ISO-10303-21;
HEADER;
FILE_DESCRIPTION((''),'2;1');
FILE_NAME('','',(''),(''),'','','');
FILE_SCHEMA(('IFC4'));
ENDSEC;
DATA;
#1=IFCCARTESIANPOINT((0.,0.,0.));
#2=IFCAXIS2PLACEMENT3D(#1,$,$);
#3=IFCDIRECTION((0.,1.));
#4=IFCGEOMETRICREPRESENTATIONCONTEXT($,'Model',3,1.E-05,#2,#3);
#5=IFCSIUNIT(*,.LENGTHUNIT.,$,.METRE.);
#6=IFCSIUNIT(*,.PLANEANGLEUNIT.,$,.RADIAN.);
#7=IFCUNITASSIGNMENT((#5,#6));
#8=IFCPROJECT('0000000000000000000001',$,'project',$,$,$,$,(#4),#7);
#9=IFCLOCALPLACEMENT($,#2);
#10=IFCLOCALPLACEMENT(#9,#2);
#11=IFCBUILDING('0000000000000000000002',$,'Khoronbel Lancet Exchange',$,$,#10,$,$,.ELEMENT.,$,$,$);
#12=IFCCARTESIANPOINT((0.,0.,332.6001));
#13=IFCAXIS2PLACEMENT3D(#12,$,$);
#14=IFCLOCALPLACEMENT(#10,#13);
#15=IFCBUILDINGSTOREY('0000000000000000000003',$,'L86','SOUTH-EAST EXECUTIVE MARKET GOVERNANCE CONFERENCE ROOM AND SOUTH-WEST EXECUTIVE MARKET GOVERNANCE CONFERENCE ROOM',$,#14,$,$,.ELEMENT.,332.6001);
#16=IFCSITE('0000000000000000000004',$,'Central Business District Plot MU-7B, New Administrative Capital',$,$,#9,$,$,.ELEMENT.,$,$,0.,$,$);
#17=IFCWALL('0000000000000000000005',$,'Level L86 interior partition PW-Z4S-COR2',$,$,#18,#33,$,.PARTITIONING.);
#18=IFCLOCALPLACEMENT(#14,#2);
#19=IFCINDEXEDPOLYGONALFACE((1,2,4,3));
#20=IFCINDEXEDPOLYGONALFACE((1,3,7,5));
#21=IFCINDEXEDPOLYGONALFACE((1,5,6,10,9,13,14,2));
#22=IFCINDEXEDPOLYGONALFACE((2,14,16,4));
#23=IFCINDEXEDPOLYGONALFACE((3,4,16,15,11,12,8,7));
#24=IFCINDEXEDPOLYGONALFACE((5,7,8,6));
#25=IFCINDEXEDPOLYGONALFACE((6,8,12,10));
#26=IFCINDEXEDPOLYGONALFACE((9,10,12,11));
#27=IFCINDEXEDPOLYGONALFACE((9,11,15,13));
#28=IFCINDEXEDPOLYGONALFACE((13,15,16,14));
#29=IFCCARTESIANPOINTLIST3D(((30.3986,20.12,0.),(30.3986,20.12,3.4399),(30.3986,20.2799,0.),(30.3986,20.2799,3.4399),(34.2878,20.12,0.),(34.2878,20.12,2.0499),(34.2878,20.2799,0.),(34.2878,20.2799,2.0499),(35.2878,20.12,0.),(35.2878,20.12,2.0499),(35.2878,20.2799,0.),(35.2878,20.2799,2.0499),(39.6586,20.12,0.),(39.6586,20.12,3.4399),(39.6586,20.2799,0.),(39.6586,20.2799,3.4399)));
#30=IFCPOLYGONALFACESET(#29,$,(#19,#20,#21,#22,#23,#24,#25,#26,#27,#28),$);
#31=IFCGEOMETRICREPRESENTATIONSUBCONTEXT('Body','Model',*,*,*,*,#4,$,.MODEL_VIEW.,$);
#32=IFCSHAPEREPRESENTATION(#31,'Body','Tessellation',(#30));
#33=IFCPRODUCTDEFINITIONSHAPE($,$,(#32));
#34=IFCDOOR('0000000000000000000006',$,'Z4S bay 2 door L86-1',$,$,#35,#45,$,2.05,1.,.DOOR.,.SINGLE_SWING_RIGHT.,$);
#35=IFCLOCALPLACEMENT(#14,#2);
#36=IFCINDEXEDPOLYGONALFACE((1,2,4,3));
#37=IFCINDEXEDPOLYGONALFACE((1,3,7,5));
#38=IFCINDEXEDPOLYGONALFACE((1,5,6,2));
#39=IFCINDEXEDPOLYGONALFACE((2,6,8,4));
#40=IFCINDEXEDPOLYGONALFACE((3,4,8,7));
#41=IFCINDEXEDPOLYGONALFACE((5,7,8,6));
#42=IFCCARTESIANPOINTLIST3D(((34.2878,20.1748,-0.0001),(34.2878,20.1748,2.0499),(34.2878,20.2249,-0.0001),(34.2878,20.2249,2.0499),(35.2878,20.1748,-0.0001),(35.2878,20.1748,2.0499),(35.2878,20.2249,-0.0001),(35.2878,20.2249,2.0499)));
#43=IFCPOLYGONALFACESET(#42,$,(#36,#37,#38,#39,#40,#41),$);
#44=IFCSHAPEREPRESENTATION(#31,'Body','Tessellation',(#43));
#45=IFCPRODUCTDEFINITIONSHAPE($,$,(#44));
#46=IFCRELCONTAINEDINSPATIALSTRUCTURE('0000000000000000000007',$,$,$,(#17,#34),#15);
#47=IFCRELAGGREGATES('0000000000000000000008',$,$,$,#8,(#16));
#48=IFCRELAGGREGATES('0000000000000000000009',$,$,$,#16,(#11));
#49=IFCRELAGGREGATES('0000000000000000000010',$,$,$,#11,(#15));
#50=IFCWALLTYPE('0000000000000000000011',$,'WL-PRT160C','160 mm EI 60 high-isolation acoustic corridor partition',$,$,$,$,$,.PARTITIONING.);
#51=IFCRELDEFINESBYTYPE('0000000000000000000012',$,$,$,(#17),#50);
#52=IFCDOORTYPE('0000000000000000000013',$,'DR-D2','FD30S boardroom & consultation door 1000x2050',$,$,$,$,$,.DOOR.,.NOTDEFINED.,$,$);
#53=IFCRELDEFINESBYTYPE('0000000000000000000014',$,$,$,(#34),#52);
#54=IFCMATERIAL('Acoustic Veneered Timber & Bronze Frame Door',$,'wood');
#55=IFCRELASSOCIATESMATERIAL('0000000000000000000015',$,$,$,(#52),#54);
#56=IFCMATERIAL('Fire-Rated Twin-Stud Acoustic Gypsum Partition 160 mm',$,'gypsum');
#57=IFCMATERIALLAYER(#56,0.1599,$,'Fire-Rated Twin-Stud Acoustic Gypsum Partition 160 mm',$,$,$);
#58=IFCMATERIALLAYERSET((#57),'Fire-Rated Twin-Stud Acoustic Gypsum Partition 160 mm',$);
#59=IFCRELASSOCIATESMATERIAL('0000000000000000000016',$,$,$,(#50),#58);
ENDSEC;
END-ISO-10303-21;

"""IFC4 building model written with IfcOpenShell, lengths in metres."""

from ifc_helpers import new_model, si_unit, direction, frame, frame_2d, origin, place, context, subcontext, project, spatial, rectangle, extrude, material, layer, layer_set, type_object, element, fill, save


model = new_model("IFC4")

# Units and contexts
model_context = context("Model", 3, precision=1e-05, world=origin(), true_north=direction((0.0, 1.0)))
body_context = subcontext(model_context, "Body", "Model", "MODEL_VIEW")
ifc_project = project(units=[si_unit("LENGTHUNIT", "METRE"), si_unit("PLANEANGLEUNIT", "RADIAN")], contexts=[model_context])

# Site, building, storey
site_placement = place(None, origin())
site = spatial("IfcSite", under=ifc_project, at=site_placement, Name="Central Business District Plot MU-7B, New Administrative Capital", CompositionType="ELEMENT", RefElevation=0.0)
building_placement = place(site_placement, origin())
building = spatial("IfcBuilding", under=site, at=building_placement, Name="Khoronbel Lancet Exchange", CompositionType="ELEMENT")
storey_placement = place(building_placement, frame((0.0, 0.0, 332.6001)))
storey = spatial("IfcBuildingStorey", under=building, at=storey_placement, Name="L86", Description="SOUTH-EAST EXECUTIVE MARKET GOVERNANCE CONFERENCE ROOM AND SOUTH-WEST EXECUTIVE MARKET GOVERNANCE CONFERENCE ROOM", CompositionType="ELEMENT", Elevation=332.6001)

# Shared definitions
ifc_material_1 = material(Name="Acoustic Veneered Timber & Bronze Frame Door", Category="wood")
door_type_1 = type_object("IfcDoorType", Name="DR-D2", Description="FD30S boardroom & consultation door 1000x2050", OperationType="NOTDEFINED", PredefinedType="DOOR", material=ifc_material_1)

# Wall, opening, door
ifc_material_2 = material(Name="Fire-Rated Twin-Stud Acoustic Gypsum Partition 160 mm", Category="gypsum")
ifc_layer_1 = layer(ifc_material_2, 0.1599, Name="Fire-Rated Twin-Stud Acoustic Gypsum Partition 160 mm")
ifc_layer_set_1 = layer_set([ifc_layer_1], Name="Fire-Rated Twin-Stud Acoustic Gypsum Partition 160 mm")
wall_type_1 = type_object("IfcWallType", Name="WL-PRT160C", Description="160 mm EI 60 high-isolation acoustic corridor partition", PredefinedType="PARTITIONING", material=ifc_layer_set_1)
wall_1_placement = place(storey_placement, frame((30.3987, 20.2, 0.0), z_axis=(0.0, 0.0, 1.0), x_axis=(1.0, 0.0, 0.0)))
wall_1 = element("IfcWall", 1, at=wall_1_placement, inside=storey, type_object=wall_type_1, Name="Level L86 interior partition PW-Z4S-COR2", PredefinedType="PARTITIONING", context=body_context, shape_type="SweptSolid", body=[
    extrude(rectangle(XDim=9.26, YDim=0.1599, at=frame_2d((4.6299, 0.0))), origin(), (0.0, 0.0, 1.0), 3.4399),
])
opening_1_placement = place(wall_1_placement, frame((3.8892, 0.0, 0.0)))
opening_1 = element("IfcOpeningElement", 2, at=opening_1_placement, cuts=wall_1, PredefinedType="OPENING", context=body_context, shape_type="SweptSolid", body=[
    extrude(rectangle(XDim=1.0, YDim=2.05, at=frame_2d((0.5, 1.0249))), frame((0.0, 0.0898, 0.0), z_axis=(0.0, -1.0, 0.0), x_axis=(1.0, 0.0, 0.0)), (0.0, 0.0, 1.0), 0.1799),
])
door_1_placement = place(opening_1_placement, origin())
door_1 = element("IfcDoor", 3, at=door_1_placement, inside=storey, type_object=door_type_1, Name="Z4S bay 2 door L86-1", OperationType="SINGLE_SWING_RIGHT", OverallHeight=2.05, OverallWidth=1.0, PredefinedType="DOOR", context=body_context, shape_type="SweptSolid", body=[
    extrude(rectangle(XDim=1.0, YDim=2.05, at=frame_2d((0.5, 1.0249))), frame((0.0, 0.0249, 0.0), z_axis=(0.0, -1.0, 0.0), x_axis=(1.0, 0.0, 0.0)), (0.0, 0.0, 1.0), 0.05),
])
fill(opening_1, door_1)

save(model, "model.ifc")
